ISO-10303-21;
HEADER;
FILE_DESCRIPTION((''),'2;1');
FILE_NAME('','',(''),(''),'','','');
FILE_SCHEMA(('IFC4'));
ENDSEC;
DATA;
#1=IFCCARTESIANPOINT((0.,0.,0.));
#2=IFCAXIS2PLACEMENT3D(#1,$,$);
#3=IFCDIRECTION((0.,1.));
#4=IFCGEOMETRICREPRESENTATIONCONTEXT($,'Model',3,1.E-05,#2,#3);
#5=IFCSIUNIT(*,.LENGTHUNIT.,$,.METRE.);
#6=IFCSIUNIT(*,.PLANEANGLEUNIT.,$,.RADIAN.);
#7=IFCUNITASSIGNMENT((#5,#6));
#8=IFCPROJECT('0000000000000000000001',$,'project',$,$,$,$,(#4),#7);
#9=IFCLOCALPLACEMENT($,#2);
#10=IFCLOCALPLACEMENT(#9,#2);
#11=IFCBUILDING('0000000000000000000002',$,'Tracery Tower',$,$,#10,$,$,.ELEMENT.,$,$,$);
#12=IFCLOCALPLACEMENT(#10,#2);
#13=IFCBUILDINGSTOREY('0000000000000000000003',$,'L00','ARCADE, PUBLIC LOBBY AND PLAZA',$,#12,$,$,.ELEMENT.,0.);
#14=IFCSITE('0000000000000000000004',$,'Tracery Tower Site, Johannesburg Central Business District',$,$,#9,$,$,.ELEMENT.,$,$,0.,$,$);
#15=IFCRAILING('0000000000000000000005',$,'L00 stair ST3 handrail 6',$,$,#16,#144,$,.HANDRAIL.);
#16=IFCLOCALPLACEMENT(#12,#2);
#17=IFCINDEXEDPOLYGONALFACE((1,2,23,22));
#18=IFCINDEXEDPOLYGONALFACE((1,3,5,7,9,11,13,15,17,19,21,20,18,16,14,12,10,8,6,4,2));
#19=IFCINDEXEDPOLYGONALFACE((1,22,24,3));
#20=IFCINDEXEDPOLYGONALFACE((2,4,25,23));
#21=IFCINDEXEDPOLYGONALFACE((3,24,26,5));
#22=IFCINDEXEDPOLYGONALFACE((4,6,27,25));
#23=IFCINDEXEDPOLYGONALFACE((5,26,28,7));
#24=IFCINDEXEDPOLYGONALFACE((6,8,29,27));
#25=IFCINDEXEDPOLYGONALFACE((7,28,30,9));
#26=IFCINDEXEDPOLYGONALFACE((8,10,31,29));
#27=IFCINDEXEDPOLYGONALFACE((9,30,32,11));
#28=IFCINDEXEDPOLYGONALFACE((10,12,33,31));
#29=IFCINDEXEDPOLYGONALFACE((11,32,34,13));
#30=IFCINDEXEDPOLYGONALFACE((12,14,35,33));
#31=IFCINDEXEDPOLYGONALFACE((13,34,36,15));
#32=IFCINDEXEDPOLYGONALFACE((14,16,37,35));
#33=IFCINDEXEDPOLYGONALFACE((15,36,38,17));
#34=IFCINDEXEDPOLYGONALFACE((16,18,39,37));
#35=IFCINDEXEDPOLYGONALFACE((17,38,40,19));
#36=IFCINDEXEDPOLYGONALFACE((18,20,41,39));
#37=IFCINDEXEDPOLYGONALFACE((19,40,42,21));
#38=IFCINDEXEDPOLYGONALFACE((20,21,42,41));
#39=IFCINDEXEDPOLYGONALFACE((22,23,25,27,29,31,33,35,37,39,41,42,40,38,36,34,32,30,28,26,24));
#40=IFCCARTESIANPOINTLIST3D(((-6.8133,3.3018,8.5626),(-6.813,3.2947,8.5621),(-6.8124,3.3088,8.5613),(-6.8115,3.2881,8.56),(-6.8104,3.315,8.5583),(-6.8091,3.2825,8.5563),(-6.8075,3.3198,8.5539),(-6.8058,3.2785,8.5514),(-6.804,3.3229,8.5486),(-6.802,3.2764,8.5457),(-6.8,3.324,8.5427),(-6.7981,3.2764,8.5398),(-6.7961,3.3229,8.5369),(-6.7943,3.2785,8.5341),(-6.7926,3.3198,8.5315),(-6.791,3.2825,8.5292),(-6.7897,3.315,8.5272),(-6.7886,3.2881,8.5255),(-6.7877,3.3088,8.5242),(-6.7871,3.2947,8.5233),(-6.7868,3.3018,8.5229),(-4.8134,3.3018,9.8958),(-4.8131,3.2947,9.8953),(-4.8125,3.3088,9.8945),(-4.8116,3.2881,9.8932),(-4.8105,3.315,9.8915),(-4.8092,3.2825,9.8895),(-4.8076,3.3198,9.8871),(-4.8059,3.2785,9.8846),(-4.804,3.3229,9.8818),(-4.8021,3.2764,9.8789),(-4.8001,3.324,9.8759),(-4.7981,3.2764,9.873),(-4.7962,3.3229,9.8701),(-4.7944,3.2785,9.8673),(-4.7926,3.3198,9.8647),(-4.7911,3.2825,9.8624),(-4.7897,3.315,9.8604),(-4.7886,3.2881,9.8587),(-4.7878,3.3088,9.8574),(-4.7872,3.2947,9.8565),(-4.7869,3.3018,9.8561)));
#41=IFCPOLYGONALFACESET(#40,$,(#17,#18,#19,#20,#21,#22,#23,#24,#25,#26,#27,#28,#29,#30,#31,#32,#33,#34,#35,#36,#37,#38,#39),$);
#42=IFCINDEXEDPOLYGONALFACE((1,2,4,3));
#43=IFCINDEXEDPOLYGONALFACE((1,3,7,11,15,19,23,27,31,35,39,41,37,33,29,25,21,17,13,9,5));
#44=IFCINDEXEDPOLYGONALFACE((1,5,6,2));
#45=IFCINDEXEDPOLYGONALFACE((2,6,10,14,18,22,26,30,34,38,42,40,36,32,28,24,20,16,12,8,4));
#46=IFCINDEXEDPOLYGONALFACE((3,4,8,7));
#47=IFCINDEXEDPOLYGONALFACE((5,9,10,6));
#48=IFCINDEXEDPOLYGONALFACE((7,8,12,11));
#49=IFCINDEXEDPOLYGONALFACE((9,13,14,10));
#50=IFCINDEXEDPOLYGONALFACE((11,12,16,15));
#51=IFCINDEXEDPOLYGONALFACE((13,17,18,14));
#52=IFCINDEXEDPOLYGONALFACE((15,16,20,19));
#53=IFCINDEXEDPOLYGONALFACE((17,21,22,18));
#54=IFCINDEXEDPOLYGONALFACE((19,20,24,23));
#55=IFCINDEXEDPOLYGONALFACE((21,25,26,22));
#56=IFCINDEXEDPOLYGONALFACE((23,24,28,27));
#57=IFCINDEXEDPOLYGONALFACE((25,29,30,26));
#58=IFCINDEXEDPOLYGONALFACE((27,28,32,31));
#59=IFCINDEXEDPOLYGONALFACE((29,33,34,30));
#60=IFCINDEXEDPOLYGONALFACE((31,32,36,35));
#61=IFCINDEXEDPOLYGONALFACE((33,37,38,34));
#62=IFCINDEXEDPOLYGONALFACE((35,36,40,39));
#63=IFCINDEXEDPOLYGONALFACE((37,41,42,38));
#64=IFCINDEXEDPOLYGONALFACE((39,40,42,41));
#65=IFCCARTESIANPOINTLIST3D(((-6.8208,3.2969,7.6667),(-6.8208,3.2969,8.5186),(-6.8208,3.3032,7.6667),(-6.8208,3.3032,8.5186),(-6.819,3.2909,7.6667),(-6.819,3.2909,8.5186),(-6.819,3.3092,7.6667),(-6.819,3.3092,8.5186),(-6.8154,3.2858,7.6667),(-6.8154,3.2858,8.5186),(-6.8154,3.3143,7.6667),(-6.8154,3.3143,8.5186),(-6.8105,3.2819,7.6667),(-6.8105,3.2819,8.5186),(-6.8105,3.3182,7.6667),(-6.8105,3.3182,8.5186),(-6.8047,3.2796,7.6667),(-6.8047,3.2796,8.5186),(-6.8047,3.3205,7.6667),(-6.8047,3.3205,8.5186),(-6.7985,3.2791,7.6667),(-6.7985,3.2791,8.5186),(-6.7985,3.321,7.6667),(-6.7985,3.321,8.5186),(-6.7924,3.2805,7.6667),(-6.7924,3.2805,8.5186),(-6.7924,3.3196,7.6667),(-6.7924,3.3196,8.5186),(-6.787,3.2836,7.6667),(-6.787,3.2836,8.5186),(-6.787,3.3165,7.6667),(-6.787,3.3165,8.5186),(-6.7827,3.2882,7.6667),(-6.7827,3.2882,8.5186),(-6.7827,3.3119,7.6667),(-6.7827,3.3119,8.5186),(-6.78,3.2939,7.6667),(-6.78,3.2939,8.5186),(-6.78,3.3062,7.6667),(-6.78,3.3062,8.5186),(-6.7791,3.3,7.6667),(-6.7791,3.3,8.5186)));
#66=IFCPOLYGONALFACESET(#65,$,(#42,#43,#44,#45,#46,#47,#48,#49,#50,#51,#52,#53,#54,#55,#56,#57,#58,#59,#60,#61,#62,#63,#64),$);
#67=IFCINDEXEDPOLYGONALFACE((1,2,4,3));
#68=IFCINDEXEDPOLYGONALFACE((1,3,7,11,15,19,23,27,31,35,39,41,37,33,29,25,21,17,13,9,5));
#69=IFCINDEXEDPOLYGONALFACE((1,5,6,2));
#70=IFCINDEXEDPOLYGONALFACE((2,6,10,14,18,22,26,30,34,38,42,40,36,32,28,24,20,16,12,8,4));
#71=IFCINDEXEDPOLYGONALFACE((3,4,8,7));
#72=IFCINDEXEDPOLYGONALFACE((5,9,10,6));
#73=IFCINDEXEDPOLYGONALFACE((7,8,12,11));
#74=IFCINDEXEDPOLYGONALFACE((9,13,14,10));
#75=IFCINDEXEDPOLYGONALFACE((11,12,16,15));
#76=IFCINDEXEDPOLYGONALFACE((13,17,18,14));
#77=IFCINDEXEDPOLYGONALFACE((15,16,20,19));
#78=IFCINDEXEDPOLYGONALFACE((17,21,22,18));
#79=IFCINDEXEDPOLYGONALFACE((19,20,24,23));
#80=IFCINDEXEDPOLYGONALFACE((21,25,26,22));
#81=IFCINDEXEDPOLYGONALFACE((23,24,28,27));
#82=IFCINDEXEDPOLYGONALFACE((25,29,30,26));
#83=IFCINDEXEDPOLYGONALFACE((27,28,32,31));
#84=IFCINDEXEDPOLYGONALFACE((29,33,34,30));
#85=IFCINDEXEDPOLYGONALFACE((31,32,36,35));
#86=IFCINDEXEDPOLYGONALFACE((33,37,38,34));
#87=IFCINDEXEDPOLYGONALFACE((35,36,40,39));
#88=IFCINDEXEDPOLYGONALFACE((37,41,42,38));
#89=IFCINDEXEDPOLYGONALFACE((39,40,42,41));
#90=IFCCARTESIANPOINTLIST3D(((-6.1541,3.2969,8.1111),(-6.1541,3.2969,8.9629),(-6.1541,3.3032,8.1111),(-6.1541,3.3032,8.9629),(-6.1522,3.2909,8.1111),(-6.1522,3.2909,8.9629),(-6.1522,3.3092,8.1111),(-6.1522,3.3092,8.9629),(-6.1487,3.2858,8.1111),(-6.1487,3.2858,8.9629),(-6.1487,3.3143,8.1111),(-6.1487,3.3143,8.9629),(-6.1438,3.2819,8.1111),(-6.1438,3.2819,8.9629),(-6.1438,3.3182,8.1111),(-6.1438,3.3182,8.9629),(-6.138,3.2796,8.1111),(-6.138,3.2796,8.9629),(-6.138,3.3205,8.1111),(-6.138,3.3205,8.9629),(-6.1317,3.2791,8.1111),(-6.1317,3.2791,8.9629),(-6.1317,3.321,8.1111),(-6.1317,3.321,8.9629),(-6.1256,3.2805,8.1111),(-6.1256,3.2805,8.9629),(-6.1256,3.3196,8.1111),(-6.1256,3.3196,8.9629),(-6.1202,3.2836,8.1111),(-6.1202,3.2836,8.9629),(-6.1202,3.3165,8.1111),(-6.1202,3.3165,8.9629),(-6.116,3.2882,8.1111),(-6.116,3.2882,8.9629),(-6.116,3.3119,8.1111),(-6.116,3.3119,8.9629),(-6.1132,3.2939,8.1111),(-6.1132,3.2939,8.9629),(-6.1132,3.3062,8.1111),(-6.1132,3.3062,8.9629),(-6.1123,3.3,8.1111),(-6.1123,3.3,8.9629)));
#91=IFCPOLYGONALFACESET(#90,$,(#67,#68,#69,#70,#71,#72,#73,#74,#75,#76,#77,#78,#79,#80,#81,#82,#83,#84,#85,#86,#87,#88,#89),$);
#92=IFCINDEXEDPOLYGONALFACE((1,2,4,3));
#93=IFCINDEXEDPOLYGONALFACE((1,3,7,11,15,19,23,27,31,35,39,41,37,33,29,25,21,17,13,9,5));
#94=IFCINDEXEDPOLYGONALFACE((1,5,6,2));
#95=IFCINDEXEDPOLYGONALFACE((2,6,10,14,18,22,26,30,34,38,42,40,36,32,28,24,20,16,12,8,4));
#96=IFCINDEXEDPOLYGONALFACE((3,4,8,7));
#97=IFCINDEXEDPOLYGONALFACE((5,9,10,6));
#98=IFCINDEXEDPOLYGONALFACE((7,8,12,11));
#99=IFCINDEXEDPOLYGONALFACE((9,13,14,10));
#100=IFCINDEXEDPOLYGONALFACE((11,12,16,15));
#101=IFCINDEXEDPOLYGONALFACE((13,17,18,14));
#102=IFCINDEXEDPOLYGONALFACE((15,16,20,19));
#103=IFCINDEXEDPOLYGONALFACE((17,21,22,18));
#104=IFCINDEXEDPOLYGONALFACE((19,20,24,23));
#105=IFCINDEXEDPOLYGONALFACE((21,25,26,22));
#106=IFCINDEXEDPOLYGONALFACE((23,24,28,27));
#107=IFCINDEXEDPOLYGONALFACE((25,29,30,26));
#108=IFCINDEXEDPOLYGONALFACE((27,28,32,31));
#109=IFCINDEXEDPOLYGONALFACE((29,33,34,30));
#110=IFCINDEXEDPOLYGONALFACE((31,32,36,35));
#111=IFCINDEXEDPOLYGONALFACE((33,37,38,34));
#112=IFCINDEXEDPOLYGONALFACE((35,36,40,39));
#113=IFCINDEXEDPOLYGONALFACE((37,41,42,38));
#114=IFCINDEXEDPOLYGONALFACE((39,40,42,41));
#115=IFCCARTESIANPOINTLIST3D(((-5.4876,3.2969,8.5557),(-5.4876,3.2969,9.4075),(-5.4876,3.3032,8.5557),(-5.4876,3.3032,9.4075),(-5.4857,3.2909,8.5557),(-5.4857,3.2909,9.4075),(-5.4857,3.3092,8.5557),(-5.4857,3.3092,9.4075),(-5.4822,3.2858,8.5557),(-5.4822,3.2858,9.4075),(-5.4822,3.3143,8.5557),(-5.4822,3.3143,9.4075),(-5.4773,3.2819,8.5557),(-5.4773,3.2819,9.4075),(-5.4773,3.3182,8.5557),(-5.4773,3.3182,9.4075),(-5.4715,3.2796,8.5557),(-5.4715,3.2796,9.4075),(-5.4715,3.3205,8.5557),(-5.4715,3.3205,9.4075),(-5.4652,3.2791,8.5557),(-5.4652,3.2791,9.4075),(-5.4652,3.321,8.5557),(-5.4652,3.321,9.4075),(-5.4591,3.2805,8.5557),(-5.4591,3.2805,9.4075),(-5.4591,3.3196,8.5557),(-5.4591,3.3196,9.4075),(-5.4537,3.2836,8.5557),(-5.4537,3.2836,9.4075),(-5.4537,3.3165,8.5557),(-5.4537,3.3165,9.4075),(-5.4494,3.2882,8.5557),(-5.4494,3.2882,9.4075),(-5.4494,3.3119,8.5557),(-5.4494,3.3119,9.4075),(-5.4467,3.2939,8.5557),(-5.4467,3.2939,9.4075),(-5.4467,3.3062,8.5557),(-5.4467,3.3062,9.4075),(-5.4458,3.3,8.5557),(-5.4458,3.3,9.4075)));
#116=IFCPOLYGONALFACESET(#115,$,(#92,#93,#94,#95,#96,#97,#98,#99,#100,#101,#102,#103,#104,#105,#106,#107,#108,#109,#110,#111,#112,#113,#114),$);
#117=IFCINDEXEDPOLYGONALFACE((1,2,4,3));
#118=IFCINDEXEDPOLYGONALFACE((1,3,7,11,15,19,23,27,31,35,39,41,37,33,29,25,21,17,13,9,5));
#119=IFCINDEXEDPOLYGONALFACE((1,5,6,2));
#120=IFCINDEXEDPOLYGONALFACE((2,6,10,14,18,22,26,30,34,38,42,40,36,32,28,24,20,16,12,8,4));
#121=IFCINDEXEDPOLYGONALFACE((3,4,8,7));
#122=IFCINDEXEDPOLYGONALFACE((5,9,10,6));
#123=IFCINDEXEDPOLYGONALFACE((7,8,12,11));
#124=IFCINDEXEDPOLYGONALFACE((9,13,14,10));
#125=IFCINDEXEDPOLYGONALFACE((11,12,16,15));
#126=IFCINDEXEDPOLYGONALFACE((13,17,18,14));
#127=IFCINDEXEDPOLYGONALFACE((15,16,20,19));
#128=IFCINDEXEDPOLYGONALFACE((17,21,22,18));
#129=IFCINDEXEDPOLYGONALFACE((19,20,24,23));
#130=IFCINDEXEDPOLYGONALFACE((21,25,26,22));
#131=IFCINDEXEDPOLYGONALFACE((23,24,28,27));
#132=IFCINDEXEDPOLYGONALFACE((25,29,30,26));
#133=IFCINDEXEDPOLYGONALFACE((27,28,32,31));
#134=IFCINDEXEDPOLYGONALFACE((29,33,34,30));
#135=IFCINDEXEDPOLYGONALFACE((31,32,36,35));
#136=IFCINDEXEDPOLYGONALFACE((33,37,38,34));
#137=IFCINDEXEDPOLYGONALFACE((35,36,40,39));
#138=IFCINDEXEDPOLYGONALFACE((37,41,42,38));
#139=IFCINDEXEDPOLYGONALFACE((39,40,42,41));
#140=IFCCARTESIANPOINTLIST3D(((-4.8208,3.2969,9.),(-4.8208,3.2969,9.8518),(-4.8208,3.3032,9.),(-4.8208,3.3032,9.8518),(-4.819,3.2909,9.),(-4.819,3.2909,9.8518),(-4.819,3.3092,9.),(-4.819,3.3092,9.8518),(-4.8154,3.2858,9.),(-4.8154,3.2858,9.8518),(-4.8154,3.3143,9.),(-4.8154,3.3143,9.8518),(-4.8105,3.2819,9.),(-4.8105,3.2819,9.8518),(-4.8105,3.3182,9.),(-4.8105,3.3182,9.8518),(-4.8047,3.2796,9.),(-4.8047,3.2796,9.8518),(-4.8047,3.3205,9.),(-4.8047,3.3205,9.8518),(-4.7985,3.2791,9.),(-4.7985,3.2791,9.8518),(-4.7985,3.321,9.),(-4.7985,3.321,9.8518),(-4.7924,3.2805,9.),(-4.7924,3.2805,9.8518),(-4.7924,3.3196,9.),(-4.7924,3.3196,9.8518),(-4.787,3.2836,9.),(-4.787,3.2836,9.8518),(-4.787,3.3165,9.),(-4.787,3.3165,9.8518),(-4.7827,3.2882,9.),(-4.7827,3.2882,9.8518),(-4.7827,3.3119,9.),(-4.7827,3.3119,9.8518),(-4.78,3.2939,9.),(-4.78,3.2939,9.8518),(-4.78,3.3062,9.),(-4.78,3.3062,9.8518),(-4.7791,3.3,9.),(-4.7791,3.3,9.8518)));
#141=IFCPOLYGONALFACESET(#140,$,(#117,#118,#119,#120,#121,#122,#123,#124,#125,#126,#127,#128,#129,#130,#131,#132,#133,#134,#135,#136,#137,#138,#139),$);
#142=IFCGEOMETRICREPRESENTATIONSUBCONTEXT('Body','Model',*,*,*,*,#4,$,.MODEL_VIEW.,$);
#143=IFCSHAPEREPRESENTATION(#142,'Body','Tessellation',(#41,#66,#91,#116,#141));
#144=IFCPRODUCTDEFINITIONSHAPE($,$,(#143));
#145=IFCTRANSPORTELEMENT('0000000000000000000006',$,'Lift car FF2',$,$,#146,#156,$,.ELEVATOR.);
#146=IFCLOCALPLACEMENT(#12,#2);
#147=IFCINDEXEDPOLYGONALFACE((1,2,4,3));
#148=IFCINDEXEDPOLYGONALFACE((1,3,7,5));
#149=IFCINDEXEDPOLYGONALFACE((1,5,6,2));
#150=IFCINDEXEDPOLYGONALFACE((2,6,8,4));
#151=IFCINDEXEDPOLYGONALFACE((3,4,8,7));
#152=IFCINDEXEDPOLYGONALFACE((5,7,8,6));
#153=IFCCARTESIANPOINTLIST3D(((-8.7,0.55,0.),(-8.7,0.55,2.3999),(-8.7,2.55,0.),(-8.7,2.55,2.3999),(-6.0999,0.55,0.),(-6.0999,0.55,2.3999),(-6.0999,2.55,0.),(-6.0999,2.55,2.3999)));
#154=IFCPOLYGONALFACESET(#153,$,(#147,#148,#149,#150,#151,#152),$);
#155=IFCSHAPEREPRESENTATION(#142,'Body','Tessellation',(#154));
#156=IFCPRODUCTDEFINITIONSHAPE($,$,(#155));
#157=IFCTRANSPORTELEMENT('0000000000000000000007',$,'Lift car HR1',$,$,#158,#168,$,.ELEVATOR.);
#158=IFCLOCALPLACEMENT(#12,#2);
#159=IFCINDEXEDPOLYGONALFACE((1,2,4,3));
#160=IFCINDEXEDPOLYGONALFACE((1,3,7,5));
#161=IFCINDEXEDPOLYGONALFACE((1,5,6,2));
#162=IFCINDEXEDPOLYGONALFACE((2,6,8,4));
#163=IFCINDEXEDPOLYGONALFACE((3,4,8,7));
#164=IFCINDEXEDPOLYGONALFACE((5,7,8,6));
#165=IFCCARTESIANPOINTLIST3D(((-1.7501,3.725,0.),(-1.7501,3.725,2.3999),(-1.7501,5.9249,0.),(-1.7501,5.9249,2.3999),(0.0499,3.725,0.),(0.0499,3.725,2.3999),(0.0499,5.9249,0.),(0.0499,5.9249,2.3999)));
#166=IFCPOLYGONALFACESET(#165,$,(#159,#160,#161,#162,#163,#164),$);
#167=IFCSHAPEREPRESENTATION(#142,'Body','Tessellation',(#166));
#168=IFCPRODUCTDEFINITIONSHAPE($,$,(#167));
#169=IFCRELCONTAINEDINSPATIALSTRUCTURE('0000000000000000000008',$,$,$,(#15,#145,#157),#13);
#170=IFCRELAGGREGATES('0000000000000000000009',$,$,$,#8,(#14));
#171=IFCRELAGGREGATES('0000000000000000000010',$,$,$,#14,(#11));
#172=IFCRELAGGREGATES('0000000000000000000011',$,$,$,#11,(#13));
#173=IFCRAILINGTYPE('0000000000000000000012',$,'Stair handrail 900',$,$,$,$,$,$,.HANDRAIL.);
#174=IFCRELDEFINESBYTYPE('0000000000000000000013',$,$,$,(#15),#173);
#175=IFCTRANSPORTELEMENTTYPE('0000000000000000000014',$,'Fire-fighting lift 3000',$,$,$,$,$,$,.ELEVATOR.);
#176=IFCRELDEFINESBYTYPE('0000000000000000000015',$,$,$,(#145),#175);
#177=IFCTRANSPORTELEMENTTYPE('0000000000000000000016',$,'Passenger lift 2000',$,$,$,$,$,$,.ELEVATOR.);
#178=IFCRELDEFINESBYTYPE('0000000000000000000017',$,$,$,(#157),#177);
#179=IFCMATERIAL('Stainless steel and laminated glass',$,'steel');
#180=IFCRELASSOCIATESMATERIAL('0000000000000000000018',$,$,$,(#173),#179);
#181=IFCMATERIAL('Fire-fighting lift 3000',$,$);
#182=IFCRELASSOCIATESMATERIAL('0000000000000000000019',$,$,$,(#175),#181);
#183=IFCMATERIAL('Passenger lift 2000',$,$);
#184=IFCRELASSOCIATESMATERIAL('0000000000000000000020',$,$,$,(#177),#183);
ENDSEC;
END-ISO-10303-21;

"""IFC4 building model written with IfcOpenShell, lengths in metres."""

from ifc_helpers import new_model, si_unit, direction, frame, origin, origin_2d, place, context, subcontext, project, spatial, rectangle, circle, extrude, material, type_object, element, save


model = new_model("IFC4")

# Units and contexts
model_context = context("Model", 3, precision=1e-05, world=origin(), true_north=direction((0.0, 1.0)))
body_context = subcontext(model_context, "Body", "Model", "MODEL_VIEW")
ifc_project = project(units=[si_unit("LENGTHUNIT", "METRE"), si_unit("PLANEANGLEUNIT", "RADIAN")], contexts=[model_context])

# Site, building, storey
site_placement = place(None, origin())
site = spatial("IfcSite", under=ifc_project, at=site_placement, Name="Tracery Tower Site, Johannesburg Central Business District", CompositionType="ELEMENT", RefElevation=0.0)
building_placement = place(site_placement, origin())
building = spatial("IfcBuilding", under=site, at=building_placement, Name="Tracery Tower", CompositionType="ELEMENT")
storey_placement = place(building_placement, origin())
storey = spatial("IfcBuildingStorey", under=building, at=storey_placement, Name="L00", Description="ARCADE, PUBLIC LOBBY AND PLAZA", CompositionType="ELEMENT", Elevation=0.0)

# Railing
ifc_material_1 = material(Name="Stainless steel and laminated glass", Category="steel")
railing_type_1 = type_object("IfcRailingType", Name="Stair handrail 900", PredefinedType="HANDRAIL", material=ifc_material_1)
railing_1_placement = place(storey_placement, frame((-6.8, 3.3, 7.6667)))
element("IfcRailing", 1, at=railing_1_placement, inside=storey, type_object=railing_type_1, Name="L00 stair ST3 handrail 6", PredefinedType="HANDRAIL", context=body_context, shape_type="SweptSolid", body=[
    extrude(circle(Radius=0.0239, at=origin_2d()), frame((0.0, 0.0, 0.876), z_axis=(0.832066, 0.0, 0.554677), x_axis=(0.0, 1.0, 0.0)), (0.0, 0.0, 1.0), 2.4036),
    extrude(circle(Radius=0.021, at=origin_2d()), origin(), (0.0, 0.0, 1.0), 0.8518),
    extrude(circle(Radius=0.021, at=origin_2d()), frame((0.6667, 0.0, 0.4443)), (0.0, 0.0, 1.0), 0.8518),
    extrude(circle(Radius=0.021, at=origin_2d()), frame((1.3333, 0.0, 0.8889)), (0.0, 0.0, 1.0), 0.8518),
    extrude(circle(Radius=0.021, at=origin_2d()), frame((2.0, 0.0, 1.3333)), (0.0, 0.0, 1.0), 0.8518),
])

# Transport elements
ifc_material_2 = material(Name="Fire-fighting lift 3000")
transport_element_type_1 = type_object("IfcTransportElementType", Name="Fire-fighting lift 3000", PredefinedType="ELEVATOR", material=ifc_material_2)
transport_element_1_placement = place(storey_placement, frame((-7.3999, 1.55, 0.0), z_axis=(0.0, 0.0, 1.0), x_axis=(1.0, 0.0, 0.0)))
element("IfcTransportElement", 2, at=transport_element_1_placement, inside=storey, type_object=transport_element_type_1, Name="Lift car FF2", PredefinedType="ELEVATOR", context=body_context, shape_type="SweptSolid", body=[
    extrude(rectangle(XDim=2.6001, YDim=2.0, at=origin_2d()), origin(), (0.0, 0.0, 1.0), 2.3999),
])
ifc_material_3 = material(Name="Passenger lift 2000")
transport_element_type_2 = type_object("IfcTransportElementType", Name="Passenger lift 2000", PredefinedType="ELEVATOR", material=ifc_material_3)
transport_element_2_placement = place(storey_placement, frame((-0.8501, 4.825, 0.0), z_axis=(0.0, 0.0, 1.0), x_axis=(1.0, 0.0, 0.0)))
element("IfcTransportElement", 3, at=transport_element_2_placement, inside=storey, type_object=transport_element_type_2, Name="Lift car HR1", PredefinedType="ELEVATOR", context=body_context, shape_type="SweptSolid", body=[
    extrude(rectangle(XDim=1.8, YDim=2.2, at=origin_2d()), origin(), (0.0, 0.0, 1.0), 2.3999),
])

save(model, "model.ifc")
